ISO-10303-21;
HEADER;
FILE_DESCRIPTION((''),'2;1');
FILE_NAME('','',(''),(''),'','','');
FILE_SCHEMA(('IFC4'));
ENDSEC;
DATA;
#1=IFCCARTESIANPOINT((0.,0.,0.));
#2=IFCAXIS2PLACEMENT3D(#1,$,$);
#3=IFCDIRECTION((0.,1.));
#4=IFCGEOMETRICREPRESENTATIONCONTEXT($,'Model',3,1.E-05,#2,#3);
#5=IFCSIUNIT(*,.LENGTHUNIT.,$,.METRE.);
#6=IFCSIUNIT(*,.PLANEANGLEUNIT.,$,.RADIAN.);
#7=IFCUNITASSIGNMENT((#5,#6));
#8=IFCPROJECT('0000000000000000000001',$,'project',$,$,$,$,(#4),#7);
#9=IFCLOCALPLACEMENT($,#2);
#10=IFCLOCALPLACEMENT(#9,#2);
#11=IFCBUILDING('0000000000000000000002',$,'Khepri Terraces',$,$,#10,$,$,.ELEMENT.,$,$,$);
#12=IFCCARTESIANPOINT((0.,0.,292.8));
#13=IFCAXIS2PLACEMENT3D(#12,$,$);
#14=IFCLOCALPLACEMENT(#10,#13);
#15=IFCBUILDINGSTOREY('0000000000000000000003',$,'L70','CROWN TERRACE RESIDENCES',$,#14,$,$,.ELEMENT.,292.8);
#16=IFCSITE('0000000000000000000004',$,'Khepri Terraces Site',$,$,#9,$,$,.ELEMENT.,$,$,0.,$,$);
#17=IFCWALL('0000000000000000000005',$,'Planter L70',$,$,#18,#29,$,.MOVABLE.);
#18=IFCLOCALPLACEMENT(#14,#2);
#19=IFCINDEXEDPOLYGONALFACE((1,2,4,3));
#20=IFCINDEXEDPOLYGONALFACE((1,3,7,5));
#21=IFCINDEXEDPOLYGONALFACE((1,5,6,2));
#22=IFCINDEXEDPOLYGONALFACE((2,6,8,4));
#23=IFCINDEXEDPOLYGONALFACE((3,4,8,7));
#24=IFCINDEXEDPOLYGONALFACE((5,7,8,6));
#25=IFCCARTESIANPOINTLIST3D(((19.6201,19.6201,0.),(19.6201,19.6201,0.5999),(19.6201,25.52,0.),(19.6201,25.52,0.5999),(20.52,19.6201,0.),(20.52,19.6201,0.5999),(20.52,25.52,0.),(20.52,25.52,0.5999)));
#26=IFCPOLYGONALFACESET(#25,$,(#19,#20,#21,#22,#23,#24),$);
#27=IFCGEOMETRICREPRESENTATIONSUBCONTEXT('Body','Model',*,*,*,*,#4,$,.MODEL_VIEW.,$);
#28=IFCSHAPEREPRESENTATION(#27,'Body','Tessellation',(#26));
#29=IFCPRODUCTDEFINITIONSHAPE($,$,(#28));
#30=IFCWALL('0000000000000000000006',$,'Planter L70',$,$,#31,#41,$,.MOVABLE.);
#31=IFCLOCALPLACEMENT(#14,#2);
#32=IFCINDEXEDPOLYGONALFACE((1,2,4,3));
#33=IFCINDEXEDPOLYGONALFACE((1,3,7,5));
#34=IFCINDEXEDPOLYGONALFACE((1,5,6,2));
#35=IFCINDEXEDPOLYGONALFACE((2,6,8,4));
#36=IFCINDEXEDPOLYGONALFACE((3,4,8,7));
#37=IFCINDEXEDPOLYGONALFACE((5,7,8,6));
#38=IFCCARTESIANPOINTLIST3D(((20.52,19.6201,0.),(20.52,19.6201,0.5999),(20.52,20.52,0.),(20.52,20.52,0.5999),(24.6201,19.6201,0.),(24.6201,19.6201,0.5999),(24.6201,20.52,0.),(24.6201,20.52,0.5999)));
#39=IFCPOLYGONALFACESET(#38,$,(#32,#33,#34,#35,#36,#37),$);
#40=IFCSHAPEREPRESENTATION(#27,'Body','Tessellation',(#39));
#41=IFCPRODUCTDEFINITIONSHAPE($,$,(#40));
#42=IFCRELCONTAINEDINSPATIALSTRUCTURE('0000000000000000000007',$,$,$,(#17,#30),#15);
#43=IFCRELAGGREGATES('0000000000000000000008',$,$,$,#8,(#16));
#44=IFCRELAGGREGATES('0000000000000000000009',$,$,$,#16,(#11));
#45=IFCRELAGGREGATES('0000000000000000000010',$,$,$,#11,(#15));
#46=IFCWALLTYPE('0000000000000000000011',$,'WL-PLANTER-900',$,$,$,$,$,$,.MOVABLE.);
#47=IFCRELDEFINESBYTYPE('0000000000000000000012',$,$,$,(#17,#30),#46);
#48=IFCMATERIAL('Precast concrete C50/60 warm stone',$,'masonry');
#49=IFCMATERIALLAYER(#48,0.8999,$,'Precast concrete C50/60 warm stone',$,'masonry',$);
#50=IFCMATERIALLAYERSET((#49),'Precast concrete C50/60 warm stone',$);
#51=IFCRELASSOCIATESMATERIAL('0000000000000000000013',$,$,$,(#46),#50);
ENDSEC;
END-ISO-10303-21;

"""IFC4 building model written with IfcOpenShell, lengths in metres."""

from ifc_helpers import new_model, si_unit, direction, frame, frame_2d, origin, place, context, subcontext, project, spatial, rectangle, extrude, material, layer, layer_set, type_object, element, save


model = new_model("IFC4")

# Units and contexts
model_context = context("Model", 3, precision=1e-05, world=origin(), true_north=direction((0.0, 1.0)))
body_context = subcontext(model_context, "Body", "Model", "MODEL_VIEW")
ifc_project = project(units=[si_unit("LENGTHUNIT", "METRE"), si_unit("PLANEANGLEUNIT", "RADIAN")], contexts=[model_context])

# Site, building, storey
site_placement = place(None, origin())
site = spatial("IfcSite", under=ifc_project, at=site_placement, Name="Khepri Terraces Site", CompositionType="ELEMENT", RefElevation=0.0)
building_placement = place(site_placement, origin())
building = spatial("IfcBuilding", under=site, at=building_placement, Name="Khepri Terraces", CompositionType="ELEMENT")
storey_placement = place(building_placement, frame((0.0, 0.0, 292.8)))
storey = spatial("IfcBuildingStorey", under=building, at=storey_placement, Name="L70", Description="CROWN TERRACE RESIDENCES", CompositionType="ELEMENT", Elevation=292.8)

# Shared definitions
ifc_material_1 = material(Name="Precast concrete C50/60 warm stone", Category="masonry")

# Walls
ifc_layer_1 = layer(ifc_material_1, 0.8999, Name="Precast concrete C50/60 warm stone", Category="masonry")
ifc_layer_set_1 = layer_set([ifc_layer_1], Name="Precast concrete C50/60 warm stone")
wall_type_1 = type_object("IfcWallType", Name="WL-PLANTER-900", PredefinedType="MOVABLE", material=ifc_layer_set_1)
wall_1_placement = place(storey_placement, frame((20.0701, 19.6201, 0.0), z_axis=(0.0, 0.0, 1.0), x_axis=(0.0, 1.0, 0.0)))
element("IfcWall", 1, at=wall_1_placement, inside=storey, type_object=wall_type_1, Name="Planter L70", PredefinedType="MOVABLE", context=body_context, shape_type="SweptSolid", body=[
    extrude(rectangle(XDim=5.8999, YDim=0.8999, at=frame_2d((2.95, 0.0))), origin(), (0.0, 0.0, 1.0), 0.5999),
])
wall_2_placement = place(storey_placement, frame((20.52, 20.0701, 0.0), z_axis=(0.0, 0.0, 1.0), x_axis=(1.0, 0.0, 0.0)))
element("IfcWall", 2, at=wall_2_placement, inside=storey, type_object=wall_type_1, Name="Planter L70", PredefinedType="MOVABLE", context=body_context, shape_type="SweptSolid", body=[
    extrude(rectangle(XDim=4.1001, YDim=0.8999, at=frame_2d((2.05, 0.0))), origin(), (0.0, 0.0, 1.0), 0.5999),
])

save(model, "model.ifc")
